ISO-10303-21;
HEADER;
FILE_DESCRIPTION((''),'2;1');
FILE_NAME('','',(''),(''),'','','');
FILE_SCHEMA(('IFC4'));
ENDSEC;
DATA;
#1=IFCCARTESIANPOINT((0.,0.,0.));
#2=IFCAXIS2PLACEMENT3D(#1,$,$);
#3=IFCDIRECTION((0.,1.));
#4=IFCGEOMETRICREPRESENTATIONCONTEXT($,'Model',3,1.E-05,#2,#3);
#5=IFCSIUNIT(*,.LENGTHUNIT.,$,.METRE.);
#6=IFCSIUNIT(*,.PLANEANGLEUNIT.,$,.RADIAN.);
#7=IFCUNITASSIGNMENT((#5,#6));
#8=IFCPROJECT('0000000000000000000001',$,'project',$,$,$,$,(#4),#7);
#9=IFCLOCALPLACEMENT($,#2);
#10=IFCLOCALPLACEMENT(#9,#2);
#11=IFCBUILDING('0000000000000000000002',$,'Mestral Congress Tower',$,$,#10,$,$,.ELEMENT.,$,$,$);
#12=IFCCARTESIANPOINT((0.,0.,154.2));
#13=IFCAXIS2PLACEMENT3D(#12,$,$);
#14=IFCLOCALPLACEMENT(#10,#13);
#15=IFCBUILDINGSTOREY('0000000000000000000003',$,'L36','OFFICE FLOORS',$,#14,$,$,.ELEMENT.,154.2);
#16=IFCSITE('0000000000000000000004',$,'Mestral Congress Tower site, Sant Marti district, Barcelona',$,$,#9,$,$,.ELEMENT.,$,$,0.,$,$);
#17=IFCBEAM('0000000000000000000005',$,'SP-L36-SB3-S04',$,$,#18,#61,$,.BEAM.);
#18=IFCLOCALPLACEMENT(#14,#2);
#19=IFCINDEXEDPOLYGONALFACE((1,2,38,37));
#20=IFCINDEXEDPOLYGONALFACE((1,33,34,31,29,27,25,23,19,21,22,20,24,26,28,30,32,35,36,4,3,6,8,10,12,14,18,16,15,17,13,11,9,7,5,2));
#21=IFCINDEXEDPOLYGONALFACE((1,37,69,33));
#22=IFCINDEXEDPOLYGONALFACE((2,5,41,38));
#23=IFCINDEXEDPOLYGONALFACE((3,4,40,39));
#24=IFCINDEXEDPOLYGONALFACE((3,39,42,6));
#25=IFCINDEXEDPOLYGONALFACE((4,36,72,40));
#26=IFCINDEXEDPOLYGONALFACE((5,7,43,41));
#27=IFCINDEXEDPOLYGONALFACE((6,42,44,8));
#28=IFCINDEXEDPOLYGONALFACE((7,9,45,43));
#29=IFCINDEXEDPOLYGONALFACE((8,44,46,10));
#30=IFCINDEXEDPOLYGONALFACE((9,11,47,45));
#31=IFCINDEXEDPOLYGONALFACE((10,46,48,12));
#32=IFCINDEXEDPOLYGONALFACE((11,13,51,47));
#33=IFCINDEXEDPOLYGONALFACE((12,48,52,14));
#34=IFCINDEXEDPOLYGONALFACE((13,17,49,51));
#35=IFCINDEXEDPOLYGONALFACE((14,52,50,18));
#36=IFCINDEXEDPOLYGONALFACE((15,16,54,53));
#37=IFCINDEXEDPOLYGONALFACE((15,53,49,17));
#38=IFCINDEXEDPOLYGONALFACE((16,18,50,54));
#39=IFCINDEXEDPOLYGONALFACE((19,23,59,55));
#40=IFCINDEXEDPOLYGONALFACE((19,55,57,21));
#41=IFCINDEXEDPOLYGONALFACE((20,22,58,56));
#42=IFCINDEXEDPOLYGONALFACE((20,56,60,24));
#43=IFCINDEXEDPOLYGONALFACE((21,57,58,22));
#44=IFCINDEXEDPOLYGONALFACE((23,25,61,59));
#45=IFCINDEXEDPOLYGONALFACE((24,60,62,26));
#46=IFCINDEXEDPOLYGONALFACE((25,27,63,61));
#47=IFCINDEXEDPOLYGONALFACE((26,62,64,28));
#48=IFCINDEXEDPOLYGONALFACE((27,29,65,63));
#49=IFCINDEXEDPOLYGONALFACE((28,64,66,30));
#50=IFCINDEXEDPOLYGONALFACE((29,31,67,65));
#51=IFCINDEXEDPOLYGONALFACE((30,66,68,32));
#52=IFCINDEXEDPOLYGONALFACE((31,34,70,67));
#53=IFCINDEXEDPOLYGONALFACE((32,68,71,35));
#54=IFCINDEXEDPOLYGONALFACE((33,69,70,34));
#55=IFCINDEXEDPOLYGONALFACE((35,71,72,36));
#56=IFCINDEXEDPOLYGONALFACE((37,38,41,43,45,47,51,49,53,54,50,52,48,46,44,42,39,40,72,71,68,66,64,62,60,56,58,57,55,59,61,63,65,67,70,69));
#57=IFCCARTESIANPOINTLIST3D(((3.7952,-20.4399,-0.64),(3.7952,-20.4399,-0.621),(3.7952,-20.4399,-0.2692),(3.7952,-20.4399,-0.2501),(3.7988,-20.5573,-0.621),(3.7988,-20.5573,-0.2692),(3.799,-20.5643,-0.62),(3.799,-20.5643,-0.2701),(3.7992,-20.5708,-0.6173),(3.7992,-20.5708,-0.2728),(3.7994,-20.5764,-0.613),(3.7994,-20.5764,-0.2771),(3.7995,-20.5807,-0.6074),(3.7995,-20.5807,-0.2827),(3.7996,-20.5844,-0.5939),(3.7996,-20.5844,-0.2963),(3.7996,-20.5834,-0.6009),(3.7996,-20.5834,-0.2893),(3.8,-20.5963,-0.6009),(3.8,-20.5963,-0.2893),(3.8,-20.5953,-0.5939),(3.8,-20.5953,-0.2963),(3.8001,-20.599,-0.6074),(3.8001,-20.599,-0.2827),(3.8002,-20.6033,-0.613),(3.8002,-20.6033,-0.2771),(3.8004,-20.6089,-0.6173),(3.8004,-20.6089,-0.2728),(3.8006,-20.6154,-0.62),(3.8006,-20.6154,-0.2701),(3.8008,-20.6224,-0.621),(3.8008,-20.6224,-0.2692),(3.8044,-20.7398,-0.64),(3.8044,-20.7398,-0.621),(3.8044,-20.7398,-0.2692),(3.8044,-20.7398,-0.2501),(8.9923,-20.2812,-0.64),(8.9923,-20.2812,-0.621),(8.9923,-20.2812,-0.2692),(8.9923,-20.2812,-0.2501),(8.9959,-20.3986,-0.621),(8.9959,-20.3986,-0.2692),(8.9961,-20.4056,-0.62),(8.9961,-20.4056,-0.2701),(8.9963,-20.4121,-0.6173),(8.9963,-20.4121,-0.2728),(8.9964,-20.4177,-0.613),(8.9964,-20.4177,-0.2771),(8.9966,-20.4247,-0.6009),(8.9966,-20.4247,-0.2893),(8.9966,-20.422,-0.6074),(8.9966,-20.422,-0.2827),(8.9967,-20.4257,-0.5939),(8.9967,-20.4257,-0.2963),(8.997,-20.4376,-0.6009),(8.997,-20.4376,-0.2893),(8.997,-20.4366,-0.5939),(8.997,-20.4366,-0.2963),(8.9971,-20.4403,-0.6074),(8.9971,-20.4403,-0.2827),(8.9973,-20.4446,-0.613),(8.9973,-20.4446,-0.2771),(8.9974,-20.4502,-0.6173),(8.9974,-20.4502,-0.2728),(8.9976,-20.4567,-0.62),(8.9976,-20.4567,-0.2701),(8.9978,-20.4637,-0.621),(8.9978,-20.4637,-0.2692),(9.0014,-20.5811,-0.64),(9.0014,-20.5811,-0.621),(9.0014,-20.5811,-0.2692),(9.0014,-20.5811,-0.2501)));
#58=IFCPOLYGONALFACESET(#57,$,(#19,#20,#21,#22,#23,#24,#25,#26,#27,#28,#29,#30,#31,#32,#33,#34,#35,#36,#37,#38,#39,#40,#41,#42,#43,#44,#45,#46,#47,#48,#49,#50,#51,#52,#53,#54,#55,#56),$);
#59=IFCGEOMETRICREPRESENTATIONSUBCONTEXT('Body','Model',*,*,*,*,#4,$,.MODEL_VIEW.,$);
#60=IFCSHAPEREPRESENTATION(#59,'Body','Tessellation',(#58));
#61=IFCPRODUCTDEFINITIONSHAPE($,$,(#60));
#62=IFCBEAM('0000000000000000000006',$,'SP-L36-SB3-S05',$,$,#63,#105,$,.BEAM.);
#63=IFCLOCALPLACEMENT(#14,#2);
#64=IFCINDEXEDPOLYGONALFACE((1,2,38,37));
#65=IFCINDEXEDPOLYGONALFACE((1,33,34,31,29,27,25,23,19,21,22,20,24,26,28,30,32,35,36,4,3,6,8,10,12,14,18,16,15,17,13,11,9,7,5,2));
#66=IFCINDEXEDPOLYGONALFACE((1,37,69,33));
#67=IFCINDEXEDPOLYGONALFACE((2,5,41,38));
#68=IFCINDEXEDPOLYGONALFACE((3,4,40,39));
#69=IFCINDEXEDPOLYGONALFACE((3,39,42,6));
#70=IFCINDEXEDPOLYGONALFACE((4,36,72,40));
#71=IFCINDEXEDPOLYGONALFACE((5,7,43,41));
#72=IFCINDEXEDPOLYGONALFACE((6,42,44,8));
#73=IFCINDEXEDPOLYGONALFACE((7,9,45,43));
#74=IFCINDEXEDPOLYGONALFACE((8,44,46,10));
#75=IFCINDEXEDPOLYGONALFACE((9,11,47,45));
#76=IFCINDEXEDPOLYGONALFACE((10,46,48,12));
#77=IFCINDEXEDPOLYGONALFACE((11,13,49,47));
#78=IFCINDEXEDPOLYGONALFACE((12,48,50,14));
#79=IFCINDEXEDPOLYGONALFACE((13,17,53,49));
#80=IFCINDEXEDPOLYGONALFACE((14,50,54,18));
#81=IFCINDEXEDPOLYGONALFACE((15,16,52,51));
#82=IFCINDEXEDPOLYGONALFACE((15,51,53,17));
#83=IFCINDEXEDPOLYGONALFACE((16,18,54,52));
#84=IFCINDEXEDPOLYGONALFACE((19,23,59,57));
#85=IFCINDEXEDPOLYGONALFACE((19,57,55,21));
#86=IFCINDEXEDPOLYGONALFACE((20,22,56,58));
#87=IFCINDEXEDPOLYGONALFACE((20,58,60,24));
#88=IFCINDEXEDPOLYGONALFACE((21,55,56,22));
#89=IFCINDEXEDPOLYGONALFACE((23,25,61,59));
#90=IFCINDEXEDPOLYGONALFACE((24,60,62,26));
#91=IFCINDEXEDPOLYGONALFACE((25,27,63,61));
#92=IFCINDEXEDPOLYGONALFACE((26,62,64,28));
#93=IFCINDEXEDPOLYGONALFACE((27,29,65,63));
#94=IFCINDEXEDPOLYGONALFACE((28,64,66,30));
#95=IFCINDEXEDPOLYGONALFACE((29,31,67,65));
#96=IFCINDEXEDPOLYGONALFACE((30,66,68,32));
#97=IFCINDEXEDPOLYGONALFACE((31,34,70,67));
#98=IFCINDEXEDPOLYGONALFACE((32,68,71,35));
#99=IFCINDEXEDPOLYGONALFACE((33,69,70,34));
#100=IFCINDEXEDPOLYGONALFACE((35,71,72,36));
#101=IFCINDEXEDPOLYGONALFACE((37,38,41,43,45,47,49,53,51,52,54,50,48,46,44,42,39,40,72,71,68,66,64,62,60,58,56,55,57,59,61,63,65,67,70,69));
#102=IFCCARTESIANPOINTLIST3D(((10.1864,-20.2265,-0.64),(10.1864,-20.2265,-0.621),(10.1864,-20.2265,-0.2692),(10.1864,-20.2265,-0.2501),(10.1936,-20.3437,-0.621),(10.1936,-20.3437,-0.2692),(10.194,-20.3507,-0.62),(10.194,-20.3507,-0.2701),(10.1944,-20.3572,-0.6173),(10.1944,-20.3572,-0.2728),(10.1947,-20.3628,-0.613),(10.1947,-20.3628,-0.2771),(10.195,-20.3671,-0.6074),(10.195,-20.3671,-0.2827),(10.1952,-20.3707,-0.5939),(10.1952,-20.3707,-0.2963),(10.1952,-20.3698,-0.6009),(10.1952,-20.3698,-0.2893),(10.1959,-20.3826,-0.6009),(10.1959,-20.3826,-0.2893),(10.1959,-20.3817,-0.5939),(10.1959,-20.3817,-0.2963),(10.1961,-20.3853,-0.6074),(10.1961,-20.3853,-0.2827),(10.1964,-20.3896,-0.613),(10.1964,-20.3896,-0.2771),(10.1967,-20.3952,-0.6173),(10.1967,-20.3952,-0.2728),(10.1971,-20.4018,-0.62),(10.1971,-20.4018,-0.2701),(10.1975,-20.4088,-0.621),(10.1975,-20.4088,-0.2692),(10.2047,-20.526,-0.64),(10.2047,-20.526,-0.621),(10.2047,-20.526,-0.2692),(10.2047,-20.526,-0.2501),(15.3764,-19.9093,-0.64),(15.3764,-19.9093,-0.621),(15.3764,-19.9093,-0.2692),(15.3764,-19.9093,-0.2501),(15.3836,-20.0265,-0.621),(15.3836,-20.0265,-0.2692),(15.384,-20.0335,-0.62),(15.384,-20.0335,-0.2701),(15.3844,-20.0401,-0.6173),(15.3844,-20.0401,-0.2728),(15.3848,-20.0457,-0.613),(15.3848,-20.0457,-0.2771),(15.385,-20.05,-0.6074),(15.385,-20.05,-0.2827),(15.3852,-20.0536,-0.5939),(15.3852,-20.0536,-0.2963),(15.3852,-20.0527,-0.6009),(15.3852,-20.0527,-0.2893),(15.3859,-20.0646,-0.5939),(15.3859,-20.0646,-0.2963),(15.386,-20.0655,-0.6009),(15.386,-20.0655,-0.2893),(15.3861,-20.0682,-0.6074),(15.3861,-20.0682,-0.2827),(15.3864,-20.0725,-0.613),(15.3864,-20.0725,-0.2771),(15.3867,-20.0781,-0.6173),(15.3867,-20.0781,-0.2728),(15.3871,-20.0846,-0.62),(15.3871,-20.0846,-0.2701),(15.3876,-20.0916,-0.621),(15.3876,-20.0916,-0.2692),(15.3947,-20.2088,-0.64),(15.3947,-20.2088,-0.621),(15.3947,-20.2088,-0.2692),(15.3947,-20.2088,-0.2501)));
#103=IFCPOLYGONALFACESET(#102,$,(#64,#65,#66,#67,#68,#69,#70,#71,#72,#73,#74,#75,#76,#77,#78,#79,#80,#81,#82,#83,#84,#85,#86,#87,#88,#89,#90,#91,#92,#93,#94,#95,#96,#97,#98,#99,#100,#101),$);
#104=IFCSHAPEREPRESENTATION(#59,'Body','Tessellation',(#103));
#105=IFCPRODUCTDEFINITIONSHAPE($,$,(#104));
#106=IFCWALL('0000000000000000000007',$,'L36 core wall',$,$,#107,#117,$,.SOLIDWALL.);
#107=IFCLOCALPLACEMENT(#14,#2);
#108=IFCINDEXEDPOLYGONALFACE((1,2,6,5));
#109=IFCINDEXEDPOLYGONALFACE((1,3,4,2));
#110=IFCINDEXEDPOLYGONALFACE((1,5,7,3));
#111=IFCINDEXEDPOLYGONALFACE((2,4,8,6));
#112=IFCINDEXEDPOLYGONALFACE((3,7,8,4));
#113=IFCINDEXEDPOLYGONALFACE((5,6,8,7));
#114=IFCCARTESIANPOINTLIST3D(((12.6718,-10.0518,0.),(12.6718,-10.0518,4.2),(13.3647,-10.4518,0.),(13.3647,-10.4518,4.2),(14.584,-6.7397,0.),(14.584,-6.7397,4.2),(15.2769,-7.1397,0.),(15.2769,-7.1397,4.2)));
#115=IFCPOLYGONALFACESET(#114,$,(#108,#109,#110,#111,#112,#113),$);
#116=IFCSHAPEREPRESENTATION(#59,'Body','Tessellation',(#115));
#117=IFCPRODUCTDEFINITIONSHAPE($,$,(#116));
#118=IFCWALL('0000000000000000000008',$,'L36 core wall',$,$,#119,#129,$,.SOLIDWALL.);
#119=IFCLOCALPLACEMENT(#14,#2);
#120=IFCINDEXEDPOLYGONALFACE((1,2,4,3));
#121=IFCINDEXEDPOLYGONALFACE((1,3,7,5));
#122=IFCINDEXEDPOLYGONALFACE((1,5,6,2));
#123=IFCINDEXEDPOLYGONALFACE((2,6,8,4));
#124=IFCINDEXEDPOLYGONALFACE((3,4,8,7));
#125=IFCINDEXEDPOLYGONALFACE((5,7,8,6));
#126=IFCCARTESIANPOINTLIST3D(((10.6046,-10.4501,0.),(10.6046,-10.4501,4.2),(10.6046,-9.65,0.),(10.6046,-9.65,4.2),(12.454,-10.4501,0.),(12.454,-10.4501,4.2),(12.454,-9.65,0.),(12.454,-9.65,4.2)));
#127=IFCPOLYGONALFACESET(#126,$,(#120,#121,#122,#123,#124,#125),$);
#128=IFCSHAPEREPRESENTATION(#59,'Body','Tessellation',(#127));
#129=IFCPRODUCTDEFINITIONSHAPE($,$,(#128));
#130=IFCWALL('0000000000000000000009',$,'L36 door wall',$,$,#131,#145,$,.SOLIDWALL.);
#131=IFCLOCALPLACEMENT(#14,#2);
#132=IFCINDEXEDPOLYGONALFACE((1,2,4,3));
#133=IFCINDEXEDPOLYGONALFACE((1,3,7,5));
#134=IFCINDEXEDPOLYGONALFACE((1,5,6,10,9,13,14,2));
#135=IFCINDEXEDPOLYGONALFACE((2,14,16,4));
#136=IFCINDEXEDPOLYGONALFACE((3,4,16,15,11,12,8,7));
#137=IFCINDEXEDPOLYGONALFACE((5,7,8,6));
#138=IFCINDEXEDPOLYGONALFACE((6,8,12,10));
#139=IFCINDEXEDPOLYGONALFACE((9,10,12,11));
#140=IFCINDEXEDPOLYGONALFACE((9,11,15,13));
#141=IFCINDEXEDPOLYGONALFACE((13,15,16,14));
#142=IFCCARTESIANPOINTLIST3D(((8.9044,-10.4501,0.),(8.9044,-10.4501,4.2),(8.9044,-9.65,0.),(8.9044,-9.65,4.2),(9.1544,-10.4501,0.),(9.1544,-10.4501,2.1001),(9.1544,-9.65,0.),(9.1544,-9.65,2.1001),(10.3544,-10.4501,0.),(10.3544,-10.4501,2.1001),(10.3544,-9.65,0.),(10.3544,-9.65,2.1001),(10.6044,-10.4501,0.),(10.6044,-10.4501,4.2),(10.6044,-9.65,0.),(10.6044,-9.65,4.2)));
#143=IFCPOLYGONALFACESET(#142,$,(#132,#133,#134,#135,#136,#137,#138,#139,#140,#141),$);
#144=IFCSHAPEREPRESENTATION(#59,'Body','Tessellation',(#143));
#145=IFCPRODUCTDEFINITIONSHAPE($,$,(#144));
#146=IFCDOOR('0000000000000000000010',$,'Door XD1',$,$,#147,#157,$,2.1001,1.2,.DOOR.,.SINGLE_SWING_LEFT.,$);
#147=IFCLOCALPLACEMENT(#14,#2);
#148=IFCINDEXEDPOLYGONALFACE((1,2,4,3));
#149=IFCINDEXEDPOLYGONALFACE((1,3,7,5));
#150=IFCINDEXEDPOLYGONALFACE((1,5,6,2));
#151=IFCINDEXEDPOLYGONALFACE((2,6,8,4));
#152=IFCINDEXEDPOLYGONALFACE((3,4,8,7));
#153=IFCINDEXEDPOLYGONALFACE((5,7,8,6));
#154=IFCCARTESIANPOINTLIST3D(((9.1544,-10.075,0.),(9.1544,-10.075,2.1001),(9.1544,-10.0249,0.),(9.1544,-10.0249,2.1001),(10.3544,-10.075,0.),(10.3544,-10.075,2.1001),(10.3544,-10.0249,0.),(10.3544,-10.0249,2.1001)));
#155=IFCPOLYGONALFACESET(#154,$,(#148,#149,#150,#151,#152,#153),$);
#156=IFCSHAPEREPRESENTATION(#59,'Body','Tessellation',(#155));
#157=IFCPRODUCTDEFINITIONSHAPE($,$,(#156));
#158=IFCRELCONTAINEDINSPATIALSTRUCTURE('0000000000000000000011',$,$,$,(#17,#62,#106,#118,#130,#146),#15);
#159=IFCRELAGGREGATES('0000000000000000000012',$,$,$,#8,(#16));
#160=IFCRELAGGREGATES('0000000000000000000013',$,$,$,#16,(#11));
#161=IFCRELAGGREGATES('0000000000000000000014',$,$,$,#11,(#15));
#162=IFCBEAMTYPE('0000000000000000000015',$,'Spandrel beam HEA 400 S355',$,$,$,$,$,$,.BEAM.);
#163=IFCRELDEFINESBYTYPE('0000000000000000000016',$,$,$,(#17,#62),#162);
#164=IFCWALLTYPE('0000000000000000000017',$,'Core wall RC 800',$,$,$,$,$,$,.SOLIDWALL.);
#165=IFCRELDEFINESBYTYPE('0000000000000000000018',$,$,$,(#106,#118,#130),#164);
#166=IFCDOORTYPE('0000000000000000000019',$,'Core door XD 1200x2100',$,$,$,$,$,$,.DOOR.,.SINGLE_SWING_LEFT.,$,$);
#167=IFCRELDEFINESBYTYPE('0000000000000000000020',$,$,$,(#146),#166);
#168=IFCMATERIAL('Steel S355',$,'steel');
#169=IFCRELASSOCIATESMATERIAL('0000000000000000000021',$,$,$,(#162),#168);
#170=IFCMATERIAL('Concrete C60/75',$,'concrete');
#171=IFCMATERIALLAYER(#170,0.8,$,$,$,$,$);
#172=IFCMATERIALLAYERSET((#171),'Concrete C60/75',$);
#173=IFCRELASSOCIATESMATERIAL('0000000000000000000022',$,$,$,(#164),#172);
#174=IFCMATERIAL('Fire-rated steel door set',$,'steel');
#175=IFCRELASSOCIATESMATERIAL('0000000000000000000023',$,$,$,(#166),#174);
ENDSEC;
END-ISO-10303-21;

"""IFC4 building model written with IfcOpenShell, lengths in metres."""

from ifc_helpers import new_model, si_unit, direction, frame, frame_2d, origin, origin_2d, place, context, subcontext, project, spatial, rectangle, i_section, extrude, material, layer, layer_set, material_profile, profile_set, type_object, element, fill, save


model = new_model("IFC4")

# Units and contexts
model_context = context("Model", 3, precision=1e-05, world=origin(), true_north=direction((0.0, 1.0)))
body_context = subcontext(model_context, "Body", "Model", "MODEL_VIEW")
ifc_project = project(units=[si_unit("LENGTHUNIT", "METRE"), si_unit("PLANEANGLEUNIT", "RADIAN")], contexts=[model_context])

# Site, building, storey
site_placement = place(None, origin())
site = spatial("IfcSite", under=ifc_project, at=site_placement, Name="Mestral Congress Tower site, Sant Marti district, Barcelona", CompositionType="ELEMENT", RefElevation=0.0)
building_placement = place(site_placement, origin())
building = spatial("IfcBuilding", under=site, at=building_placement, Name="Mestral Congress Tower", CompositionType="ELEMENT")
storey_placement = place(building_placement, frame((0.0, 0.0, 154.2)))
storey = spatial("IfcBuildingStorey", under=building, at=storey_placement, Name="L36", Description="OFFICE FLOORS", CompositionType="ELEMENT", Elevation=154.2)

# Shared definitions
ifc_material_1 = material(Name="Concrete C60/75", Category="concrete")

# Beams
ifc_material_2 = material(Name="Steel S355", Category="steel")
ifc_material_profile_1 = material_profile(ifc_material_2, i_section(OverallWidth=0.3, OverallDepth=0.3899, WebThickness=0.011, FlangeThickness=0.019, FilletRadius=0.0271, at=origin_2d()), Name="HEA 400")
ifc_profile_set_1 = profile_set([ifc_material_profile_1], Name="Steel S355")
beam_type_1 = type_object("IfcBeamType", Name="Spandrel beam HEA 400 S355", PredefinedType="BEAM", material=ifc_profile_set_1)
beam_1_placement = place(storey_placement, frame((3.7998, -20.5898, -0.4451), z_axis=(0.999534, 0.030521, 0.0), x_axis=(-0.030521, 0.999534, 0.0)))
element("IfcBeam", 1, at=beam_1_placement, inside=storey, type_object=beam_type_1, Name="SP-L36-SB3-S04", PredefinedType="BEAM", context=body_context, shape_type="SweptSolid", body=[
    extrude(i_section(OverallWidth=0.3, OverallDepth=0.3899, WebThickness=0.011, FlangeThickness=0.019, FilletRadius=0.0271, at=origin_2d()), origin(), (0.0, 0.0, 1.0), 5.1995),
])
beam_2_placement = place(storey_placement, frame((10.1956, -20.3762, -0.4451), z_axis=(0.998138, 0.060993, 0.0), x_axis=(-0.060993, 0.998138, 0.0)))
element("IfcBeam", 2, at=beam_2_placement, inside=storey, type_object=beam_type_1, Name="SP-L36-SB3-S05", PredefinedType="BEAM", context=body_context, shape_type="SweptSolid", body=[
    extrude(i_section(OverallWidth=0.3, OverallDepth=0.3899, WebThickness=0.011, FlangeThickness=0.019, FilletRadius=0.0271, at=origin_2d()), origin(), (0.0, 0.0, 1.0), 5.1997),
])

# Walls
ifc_layer_1 = layer(ifc_material_1, 0.8)
ifc_layer_set_1 = layer_set([ifc_layer_1], Name="Concrete C60/75")
wall_type_1 = type_object("IfcWallType", Name="Core wall RC 800", PredefinedType="SOLIDWALL", material=ifc_layer_set_1)
wall_1_placement = place(storey_placement, frame((13.0183, -10.2517, 0.0), z_axis=(0.0, 0.0, 1.0), x_axis=(0.499984, 0.866035, 0.0)))
element("IfcWall", 3, at=wall_1_placement, inside=storey, type_object=wall_type_1, Name="L36 core wall", PredefinedType="SOLIDWALL", context=body_context, shape_type="SweptSolid", body=[
    extrude(rectangle(XDim=3.8245, YDim=0.8, at=frame_2d((1.9121, 0.0))), origin(), (0.0, 0.0, 1.0), 4.2),
])
wall_2_placement = place(storey_placement, frame((10.6045, -10.05, 0.0), z_axis=(0.0, 0.0, 1.0), x_axis=(1.0, 0.0, 0.0)))
element("IfcWall", 4, at=wall_2_placement, inside=storey, type_object=wall_type_1, Name="L36 core wall", PredefinedType="SOLIDWALL", context=body_context, shape_type="SweptSolid", body=[
    extrude(rectangle(XDim=1.8494, YDim=0.8, at=frame_2d((0.9248, 0.0))), origin(), (0.0, 0.0, 1.0), 4.2),
])

# Wall, opening, door
wall_3_placement = place(storey_placement, frame((10.6045, -10.05, 0.0), z_axis=(0.0, 0.0, 1.0), x_axis=(-1.0, 0.0, 0.0)))
wall_3 = element("IfcWall", 5, at=wall_3_placement, inside=storey, type_object=wall_type_1, Name="L36 door wall", PredefinedType="SOLIDWALL", context=body_context, shape_type="SweptSolid", body=[
    extrude(rectangle(XDim=1.7, YDim=0.8, at=frame_2d((0.8501, 0.0))), origin(), (0.0, 0.0, 1.0), 4.2),
])
opening_1_placement = place(wall_3_placement, frame((0.25, 0.0, 0.0)))
opening_1 = element("IfcOpeningElement", 6, at=opening_1_placement, cuts=wall_3, PredefinedType="OPENING", context=body_context, shape_type="SweptSolid", body=[
    extrude(rectangle(XDim=1.2, YDim=2.1001, at=frame_2d((0.6001, 1.05))), frame((0.0, 0.4099, 0.0), z_axis=(0.0, -1.0, 0.0), x_axis=(1.0, 0.0, 0.0)), (0.0, 0.0, 1.0), 0.8201),
])
ifc_material_3 = material(Name="Fire-rated steel door set", Category="steel")
door_type_1 = type_object("IfcDoorType", Name="Core door XD 1200x2100", OperationType="SINGLE_SWING_LEFT", PredefinedType="DOOR", material=ifc_material_3)
door_1_placement = place(opening_1_placement, origin())
door_1 = element("IfcDoor", 7, at=door_1_placement, inside=storey, type_object=door_type_1, Name="Door XD1", OperationType="SINGLE_SWING_LEFT", OverallHeight=2.1001, OverallWidth=1.2, PredefinedType="DOOR", context=body_context, shape_type="SweptSolid", body=[
    extrude(rectangle(XDim=1.2, YDim=2.1001, at=frame_2d((0.6001, 1.05))), frame((0.0, 0.0249, 0.0), z_axis=(0.0, -1.0, 0.0), x_axis=(1.0, 0.0, 0.0)), (0.0, 0.0, 1.0), 0.05),
])
fill(opening_1, door_1)

save(model, "model.ifc")
